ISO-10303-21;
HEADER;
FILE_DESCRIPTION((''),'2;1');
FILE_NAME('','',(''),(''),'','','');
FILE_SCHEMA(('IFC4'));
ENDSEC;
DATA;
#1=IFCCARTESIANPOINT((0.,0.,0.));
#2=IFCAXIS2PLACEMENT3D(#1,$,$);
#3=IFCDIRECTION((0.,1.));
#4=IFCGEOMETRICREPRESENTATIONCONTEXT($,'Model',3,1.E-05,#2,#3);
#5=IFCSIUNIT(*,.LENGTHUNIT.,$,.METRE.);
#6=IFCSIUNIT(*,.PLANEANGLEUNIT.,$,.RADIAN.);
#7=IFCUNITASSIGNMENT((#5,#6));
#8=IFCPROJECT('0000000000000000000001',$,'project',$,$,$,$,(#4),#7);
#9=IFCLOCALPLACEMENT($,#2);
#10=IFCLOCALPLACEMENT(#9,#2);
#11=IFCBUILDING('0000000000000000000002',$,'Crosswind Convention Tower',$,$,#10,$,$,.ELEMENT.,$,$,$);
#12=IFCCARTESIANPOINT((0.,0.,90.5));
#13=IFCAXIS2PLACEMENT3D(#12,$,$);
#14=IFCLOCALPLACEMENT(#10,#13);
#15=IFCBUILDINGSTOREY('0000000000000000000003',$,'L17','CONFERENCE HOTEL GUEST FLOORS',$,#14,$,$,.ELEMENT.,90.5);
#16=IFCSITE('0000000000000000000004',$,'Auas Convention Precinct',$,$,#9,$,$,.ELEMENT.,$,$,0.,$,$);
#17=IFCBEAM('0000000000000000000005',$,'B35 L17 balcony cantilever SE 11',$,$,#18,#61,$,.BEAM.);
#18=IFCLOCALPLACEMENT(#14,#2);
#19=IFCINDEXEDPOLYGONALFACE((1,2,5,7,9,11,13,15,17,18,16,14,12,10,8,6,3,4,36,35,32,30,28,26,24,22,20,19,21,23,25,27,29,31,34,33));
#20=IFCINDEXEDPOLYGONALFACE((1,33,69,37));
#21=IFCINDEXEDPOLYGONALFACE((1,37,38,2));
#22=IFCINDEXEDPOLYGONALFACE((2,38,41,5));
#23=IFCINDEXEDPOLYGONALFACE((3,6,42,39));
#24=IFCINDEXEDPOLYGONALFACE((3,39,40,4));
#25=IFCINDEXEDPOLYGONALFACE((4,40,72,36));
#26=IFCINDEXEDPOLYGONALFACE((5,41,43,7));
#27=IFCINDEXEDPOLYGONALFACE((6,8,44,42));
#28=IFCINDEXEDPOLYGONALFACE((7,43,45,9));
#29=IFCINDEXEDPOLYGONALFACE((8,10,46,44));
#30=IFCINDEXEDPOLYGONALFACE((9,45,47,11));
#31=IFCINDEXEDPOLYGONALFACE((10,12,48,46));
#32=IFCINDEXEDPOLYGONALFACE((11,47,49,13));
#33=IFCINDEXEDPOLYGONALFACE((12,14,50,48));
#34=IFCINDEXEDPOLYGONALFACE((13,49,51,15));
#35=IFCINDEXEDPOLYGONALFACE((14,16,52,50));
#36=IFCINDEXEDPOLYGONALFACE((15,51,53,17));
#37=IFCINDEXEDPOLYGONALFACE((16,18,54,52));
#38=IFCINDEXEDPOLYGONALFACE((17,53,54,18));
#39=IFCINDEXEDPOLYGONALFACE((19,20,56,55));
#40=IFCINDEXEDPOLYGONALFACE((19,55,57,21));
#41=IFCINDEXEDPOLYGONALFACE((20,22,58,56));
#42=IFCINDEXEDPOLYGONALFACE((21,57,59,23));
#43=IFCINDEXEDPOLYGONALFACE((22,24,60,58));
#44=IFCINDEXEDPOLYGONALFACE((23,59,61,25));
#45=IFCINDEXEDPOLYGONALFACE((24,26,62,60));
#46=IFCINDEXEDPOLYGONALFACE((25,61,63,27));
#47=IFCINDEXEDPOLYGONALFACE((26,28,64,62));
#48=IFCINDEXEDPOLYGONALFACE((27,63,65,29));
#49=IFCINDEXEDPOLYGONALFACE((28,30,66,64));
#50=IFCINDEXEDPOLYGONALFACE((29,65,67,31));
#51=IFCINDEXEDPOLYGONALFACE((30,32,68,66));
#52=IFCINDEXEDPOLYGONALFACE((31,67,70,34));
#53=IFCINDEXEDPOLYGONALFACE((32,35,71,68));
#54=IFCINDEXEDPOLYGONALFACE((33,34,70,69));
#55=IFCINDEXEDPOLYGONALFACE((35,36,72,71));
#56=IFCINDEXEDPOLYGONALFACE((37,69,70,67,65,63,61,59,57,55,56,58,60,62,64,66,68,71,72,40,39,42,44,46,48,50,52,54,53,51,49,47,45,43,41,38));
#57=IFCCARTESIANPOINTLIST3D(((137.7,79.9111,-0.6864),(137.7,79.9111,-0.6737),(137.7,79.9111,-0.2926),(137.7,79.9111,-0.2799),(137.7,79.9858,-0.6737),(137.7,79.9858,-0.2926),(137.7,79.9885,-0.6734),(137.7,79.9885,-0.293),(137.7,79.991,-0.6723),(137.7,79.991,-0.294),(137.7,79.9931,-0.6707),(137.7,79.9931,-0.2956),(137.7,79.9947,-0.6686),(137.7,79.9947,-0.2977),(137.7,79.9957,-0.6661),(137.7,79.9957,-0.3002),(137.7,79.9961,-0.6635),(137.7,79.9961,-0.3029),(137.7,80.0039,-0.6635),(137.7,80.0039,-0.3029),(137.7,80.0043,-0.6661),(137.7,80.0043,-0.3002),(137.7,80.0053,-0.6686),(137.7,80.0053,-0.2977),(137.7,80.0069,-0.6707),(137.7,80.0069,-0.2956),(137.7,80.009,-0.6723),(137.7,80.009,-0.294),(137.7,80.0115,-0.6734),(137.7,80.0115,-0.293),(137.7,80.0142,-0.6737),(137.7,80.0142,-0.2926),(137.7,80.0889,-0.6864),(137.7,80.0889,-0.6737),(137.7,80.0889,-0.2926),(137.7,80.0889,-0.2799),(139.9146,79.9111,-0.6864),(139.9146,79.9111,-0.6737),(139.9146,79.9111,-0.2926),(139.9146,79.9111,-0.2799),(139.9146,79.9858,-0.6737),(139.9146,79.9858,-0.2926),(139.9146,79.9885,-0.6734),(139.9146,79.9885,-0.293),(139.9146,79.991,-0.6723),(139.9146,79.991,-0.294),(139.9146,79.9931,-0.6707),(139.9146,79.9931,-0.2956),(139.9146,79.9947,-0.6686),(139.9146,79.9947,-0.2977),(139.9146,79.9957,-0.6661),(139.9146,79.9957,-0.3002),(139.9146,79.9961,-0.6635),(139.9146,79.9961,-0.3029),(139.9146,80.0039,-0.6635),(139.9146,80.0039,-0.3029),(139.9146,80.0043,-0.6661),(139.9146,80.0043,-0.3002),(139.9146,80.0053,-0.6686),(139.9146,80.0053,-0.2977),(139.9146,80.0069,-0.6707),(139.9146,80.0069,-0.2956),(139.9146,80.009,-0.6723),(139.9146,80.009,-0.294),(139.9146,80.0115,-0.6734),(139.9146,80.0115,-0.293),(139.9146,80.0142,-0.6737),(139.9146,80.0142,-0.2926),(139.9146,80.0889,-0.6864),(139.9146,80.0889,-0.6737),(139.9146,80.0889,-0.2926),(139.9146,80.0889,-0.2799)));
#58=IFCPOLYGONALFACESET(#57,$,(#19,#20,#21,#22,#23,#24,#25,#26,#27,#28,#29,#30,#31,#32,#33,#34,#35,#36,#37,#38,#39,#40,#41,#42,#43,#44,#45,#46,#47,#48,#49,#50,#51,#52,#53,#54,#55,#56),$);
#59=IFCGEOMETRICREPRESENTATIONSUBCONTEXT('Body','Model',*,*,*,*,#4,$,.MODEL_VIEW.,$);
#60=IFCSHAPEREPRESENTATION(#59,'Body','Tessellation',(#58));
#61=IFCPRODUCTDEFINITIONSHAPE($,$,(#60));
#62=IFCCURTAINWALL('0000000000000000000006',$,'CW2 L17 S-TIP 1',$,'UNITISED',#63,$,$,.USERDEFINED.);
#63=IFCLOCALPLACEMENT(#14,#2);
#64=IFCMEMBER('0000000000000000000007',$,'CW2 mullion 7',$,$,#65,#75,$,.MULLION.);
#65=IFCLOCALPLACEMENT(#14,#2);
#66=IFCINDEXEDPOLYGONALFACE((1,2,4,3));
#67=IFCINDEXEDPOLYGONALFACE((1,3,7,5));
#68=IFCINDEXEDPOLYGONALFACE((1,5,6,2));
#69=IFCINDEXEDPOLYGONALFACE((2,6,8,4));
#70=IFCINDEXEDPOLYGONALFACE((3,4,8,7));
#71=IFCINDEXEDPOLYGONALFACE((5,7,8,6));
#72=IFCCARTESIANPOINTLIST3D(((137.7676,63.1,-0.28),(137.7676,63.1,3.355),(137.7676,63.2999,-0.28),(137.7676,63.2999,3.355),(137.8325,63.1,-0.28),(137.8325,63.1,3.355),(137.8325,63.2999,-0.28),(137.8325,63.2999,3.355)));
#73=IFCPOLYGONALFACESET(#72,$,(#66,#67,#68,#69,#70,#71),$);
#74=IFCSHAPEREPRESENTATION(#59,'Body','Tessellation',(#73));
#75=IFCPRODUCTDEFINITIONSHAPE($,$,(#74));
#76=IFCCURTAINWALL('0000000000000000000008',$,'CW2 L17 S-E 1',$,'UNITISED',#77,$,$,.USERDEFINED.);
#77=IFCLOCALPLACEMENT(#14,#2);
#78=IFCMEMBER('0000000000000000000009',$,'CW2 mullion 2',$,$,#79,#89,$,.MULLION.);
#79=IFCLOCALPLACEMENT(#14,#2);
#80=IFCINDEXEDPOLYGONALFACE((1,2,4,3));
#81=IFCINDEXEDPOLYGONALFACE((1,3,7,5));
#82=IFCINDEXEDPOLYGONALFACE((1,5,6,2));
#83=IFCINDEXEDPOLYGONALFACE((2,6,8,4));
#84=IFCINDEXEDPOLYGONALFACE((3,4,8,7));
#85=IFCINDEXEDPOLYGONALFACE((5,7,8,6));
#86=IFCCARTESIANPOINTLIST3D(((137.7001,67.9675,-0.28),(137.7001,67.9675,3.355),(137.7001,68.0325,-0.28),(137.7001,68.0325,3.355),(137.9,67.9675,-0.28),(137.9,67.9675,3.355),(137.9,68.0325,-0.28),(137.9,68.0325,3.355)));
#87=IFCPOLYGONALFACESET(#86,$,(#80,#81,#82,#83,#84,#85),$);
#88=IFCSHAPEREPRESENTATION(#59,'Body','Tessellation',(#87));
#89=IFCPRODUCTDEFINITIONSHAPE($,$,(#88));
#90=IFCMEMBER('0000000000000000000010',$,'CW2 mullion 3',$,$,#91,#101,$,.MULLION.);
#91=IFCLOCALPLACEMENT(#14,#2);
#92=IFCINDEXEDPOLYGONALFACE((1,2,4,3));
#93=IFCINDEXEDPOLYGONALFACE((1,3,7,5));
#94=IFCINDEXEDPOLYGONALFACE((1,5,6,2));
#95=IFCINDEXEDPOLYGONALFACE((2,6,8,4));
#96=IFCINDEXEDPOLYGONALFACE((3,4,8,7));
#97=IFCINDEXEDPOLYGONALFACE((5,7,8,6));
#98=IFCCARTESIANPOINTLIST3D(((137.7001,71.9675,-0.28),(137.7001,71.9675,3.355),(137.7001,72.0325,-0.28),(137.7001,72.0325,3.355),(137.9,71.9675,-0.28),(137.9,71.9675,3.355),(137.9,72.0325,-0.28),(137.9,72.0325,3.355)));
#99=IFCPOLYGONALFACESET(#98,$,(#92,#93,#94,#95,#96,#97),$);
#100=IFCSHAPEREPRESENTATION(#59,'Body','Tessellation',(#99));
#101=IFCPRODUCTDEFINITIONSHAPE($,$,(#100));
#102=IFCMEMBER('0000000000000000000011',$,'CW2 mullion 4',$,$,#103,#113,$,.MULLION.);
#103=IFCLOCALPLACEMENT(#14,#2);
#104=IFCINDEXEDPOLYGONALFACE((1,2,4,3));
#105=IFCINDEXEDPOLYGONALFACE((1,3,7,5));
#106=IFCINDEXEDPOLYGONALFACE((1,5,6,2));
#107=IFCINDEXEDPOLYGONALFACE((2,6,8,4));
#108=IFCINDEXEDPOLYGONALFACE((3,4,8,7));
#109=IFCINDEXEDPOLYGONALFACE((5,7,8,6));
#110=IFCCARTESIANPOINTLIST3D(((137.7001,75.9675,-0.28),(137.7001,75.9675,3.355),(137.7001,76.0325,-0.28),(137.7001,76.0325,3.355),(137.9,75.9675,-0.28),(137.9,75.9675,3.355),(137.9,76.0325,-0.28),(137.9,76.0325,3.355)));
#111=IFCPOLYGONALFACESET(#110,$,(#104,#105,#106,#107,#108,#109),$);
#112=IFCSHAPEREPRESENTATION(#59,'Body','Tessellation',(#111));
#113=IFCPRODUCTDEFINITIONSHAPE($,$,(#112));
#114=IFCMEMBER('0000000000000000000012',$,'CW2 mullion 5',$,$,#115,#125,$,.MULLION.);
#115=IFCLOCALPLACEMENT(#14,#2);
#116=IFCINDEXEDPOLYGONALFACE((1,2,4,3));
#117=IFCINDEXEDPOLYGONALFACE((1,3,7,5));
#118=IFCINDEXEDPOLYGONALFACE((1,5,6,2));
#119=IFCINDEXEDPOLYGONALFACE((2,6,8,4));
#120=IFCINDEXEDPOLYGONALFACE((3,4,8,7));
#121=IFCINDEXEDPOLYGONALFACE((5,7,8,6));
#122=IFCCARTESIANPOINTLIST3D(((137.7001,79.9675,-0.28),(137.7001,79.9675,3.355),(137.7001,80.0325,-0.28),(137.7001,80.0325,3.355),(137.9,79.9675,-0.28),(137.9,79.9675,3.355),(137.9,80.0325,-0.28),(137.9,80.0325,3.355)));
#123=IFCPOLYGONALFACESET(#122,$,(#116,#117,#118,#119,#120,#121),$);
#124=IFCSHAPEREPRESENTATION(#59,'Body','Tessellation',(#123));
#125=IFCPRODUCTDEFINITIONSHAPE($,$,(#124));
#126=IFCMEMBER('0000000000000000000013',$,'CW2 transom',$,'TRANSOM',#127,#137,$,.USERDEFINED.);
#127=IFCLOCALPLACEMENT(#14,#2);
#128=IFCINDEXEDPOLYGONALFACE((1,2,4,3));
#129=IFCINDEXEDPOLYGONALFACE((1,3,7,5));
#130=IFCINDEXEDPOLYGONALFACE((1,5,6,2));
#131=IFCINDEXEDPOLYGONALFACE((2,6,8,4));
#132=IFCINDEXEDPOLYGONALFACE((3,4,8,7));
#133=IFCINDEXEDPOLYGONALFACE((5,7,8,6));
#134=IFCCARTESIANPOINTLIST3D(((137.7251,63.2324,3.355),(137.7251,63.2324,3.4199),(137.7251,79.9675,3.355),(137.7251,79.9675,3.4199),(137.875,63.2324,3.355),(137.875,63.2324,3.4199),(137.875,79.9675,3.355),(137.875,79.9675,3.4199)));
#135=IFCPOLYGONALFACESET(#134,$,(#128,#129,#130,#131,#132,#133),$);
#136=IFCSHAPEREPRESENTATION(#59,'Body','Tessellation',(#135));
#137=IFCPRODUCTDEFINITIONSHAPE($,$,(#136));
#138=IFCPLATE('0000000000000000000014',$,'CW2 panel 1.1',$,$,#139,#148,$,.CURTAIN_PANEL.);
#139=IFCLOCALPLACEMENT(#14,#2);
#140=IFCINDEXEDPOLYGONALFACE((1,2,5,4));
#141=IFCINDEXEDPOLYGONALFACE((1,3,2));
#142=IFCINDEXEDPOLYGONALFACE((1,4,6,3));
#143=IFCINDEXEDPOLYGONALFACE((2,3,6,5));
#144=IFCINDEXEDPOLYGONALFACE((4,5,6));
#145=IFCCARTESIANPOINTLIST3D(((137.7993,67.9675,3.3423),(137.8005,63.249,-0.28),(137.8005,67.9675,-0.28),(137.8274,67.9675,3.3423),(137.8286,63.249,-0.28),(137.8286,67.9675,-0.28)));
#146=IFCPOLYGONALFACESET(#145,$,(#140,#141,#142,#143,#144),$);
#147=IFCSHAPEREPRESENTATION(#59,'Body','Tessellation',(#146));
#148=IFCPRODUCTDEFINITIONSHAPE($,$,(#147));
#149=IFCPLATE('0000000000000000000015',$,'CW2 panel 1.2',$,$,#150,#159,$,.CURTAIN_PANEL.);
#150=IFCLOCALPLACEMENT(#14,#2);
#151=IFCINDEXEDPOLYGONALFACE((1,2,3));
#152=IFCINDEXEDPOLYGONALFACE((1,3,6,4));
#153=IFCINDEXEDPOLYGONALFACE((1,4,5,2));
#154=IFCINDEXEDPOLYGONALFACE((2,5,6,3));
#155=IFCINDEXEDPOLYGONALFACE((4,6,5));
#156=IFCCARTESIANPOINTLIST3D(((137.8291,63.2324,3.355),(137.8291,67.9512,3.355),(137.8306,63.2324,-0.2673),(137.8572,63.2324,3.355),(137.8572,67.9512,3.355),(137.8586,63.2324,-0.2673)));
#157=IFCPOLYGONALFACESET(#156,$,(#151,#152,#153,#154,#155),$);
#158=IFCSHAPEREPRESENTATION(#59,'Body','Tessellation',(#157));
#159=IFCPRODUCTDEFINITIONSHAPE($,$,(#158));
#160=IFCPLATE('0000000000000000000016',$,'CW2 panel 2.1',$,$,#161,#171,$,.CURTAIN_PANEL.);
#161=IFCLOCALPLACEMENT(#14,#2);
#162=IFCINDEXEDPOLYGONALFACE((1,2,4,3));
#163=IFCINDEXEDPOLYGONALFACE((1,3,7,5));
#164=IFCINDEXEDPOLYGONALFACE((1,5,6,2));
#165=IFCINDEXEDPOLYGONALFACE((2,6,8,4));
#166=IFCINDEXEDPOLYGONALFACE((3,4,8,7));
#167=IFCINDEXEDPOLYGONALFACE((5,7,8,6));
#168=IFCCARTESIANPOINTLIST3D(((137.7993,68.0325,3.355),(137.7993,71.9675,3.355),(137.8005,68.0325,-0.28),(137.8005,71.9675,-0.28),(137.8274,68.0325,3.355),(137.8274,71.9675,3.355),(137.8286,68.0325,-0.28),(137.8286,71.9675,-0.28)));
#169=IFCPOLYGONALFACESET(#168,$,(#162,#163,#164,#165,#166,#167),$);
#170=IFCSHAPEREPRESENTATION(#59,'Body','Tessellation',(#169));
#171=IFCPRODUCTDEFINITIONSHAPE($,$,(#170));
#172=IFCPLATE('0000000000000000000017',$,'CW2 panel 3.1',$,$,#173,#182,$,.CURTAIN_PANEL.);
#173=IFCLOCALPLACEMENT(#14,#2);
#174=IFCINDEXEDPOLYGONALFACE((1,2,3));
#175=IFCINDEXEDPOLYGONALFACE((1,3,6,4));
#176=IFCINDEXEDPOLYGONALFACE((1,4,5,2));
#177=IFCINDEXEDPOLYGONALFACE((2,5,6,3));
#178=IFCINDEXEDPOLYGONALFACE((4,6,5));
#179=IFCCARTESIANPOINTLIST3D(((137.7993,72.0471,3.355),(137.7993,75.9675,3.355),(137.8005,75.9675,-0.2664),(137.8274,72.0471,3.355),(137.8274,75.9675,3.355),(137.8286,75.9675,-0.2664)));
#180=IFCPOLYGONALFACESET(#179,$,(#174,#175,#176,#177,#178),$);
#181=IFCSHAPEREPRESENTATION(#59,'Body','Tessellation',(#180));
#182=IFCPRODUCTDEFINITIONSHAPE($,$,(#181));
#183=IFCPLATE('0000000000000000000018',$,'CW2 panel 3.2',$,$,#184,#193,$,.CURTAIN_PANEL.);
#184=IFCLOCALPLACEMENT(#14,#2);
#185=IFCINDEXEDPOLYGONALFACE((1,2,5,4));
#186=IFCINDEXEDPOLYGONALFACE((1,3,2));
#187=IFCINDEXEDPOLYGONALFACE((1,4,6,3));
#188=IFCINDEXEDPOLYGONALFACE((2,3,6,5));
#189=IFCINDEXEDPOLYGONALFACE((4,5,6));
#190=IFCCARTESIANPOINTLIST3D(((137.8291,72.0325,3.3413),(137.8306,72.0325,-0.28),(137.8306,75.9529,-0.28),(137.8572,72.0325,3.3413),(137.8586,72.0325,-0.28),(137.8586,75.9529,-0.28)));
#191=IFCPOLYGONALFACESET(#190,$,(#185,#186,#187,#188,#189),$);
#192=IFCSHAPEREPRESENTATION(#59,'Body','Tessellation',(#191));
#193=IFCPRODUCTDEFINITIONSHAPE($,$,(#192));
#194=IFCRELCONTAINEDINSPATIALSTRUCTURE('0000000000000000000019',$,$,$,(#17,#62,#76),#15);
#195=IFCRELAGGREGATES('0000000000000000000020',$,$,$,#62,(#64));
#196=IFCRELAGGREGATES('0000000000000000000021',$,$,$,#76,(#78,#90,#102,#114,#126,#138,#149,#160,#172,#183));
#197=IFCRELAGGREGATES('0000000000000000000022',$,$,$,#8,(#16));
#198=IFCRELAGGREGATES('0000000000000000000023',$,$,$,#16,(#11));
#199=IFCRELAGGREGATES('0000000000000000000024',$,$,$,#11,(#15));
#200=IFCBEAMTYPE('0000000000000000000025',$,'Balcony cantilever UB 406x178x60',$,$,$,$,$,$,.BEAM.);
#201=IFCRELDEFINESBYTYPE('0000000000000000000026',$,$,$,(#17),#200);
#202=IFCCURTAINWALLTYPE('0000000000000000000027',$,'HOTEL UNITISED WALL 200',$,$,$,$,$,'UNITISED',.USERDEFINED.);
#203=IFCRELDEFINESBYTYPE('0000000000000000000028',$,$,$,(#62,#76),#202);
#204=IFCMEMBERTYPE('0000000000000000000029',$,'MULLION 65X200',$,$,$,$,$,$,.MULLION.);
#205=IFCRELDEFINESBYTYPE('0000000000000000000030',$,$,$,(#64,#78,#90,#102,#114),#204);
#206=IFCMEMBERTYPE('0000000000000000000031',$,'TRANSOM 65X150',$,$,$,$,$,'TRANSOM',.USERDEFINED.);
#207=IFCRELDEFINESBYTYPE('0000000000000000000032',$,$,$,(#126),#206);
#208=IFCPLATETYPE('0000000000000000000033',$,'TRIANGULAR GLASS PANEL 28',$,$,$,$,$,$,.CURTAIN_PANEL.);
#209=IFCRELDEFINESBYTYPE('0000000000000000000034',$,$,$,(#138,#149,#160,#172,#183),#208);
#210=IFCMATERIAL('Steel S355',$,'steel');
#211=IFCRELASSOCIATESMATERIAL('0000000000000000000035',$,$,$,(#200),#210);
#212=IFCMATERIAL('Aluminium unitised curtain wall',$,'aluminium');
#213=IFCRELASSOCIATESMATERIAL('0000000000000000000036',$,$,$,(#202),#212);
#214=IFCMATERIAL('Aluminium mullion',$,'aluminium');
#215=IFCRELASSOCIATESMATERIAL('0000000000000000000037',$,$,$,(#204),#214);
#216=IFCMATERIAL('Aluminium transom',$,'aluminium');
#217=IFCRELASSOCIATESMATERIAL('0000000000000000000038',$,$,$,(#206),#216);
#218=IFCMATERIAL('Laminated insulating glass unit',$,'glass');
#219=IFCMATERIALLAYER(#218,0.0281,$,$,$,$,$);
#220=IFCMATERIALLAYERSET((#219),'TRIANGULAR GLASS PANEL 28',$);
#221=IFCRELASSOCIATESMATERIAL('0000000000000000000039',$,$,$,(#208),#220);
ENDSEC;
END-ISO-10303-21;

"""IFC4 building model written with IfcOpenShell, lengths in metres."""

from ifc_helpers import new_model, si_unit, direction, frame, origin, origin_2d, place, context, subcontext, project, spatial, polyline, rectangle, i_section, outline, extrude, material, layer, layer_set, material_profile, profile_set, type_object, element, aggregate, save


model = new_model("IFC4")

# Units and contexts
model_context = context("Model", 3, precision=1e-05, world=origin(), true_north=direction((0.0, 1.0)))
body_context = subcontext(model_context, "Body", "Model", "MODEL_VIEW")
ifc_project = project(units=[si_unit("LENGTHUNIT", "METRE"), si_unit("PLANEANGLEUNIT", "RADIAN")], contexts=[model_context])

# Site, building, storey
site_placement = place(None, origin())
site = spatial("IfcSite", under=ifc_project, at=site_placement, Name="Auas Convention Precinct", CompositionType="ELEMENT", RefElevation=0.0)
building_placement = place(site_placement, origin())
building = spatial("IfcBuilding", under=site, at=building_placement, Name="Crosswind Convention Tower", CompositionType="ELEMENT")
storey_placement = place(building_placement, frame((0.0, 0.0, 90.5)))
storey = spatial("IfcBuildingStorey", under=building, at=storey_placement, Name="L17", Description="CONFERENCE HOTEL GUEST FLOORS", CompositionType="ELEMENT", Elevation=90.5)

# Beam
ifc_material_1 = material(Name="Steel S355", Category="steel")
ifc_material_profile_1 = material_profile(ifc_material_1, i_section(OverallWidth=0.1777, OverallDepth=0.4065, WebThickness=0.0078, FlangeThickness=0.0127, FilletRadius=0.0103, at=origin_2d()), Name="UB 406x178x60")
ifc_profile_set_1 = profile_set([ifc_material_profile_1], Name="Steel S355")
beam_type = type_object("IfcBeamType", Name="Balcony cantilever UB 406x178x60", PredefinedType="BEAM", material=ifc_profile_set_1)
beam_placement = place(storey_placement, frame((137.7, 80.0, -0.4832), z_axis=(1.0, 0.0, 0.0), x_axis=(0.0, 1.0, 0.0)))
element("IfcBeam", 1, at=beam_placement, inside=storey, type_object=beam_type, Name="B35 L17 balcony cantilever SE 11", PredefinedType="BEAM", context=body_context, shape_type="SweptSolid", body=[
    extrude(i_section(OverallWidth=0.1777, OverallDepth=0.4065, WebThickness=0.0078, FlangeThickness=0.0127, FilletRadius=0.0103, at=origin_2d()), origin(), (0.0, 0.0, 1.0), 2.2146),
])

# Curtain wall, member
ifc_material_2 = material(Name="Aluminium unitised curtain wall", Category="aluminium")
curtain_wall_type = type_object("IfcCurtainWallType", Name="HOTEL UNITISED WALL 200", ElementType="UNITISED", PredefinedType="USERDEFINED", material=ifc_material_2)
curtain_wall_1_placement = place(storey_placement, origin())
curtain_wall_1 = element("IfcCurtainWall", 2, at=curtain_wall_1_placement, inside=storey, type_object=curtain_wall_type, Name="CW2 L17 S-TIP 1", ObjectType="UNITISED", PredefinedType="USERDEFINED")
ifc_material_3 = material(Name="Aluminium mullion", Category="aluminium")
ifc_material_profile_2 = material_profile(ifc_material_3, rectangle(XDim=0.2, YDim=0.0649, at=origin_2d()), Name="AL 200X65")
ifc_profile_set_2 = profile_set([ifc_material_profile_2], Name="Aluminium mullion")
member_type_1 = type_object("IfcMemberType", Name="MULLION 65X200", PredefinedType="MULLION", material=ifc_profile_set_2)
member_1_placement = place(storey_placement, frame((137.8, 63.2, -0.28), z_axis=(0.0, 0.0, 1.0), x_axis=(0.0, -1.0, 0.0)))
member_1 = element("IfcMember", 3, at=member_1_placement, type_object=member_type_1, Name="CW2 mullion 7", PredefinedType="MULLION", context=body_context, shape_type="SweptSolid", body=[
    extrude(rectangle(XDim=0.2, YDim=0.0649, at=origin_2d()), origin(), (0.0, 0.0, 1.0), 3.635),
])
aggregate(curtain_wall_1, [member_1])

# Curtain wall, members, plates
curtain_wall_2_placement = place(storey_placement, origin())
curtain_wall_2 = element("IfcCurtainWall", 4, at=curtain_wall_2_placement, inside=storey, type_object=curtain_wall_type, Name="CW2 L17 S-E 1", ObjectType="UNITISED", PredefinedType="USERDEFINED")
member_2_placement = place(storey_placement, frame((137.8, 68.0, -0.28), z_axis=(0.0, 0.0, 1.0), x_axis=(1.0, 0.0, 0.0)))
member_2 = element("IfcMember", 5, at=member_2_placement, type_object=member_type_1, Name="CW2 mullion 2", PredefinedType="MULLION", context=body_context, shape_type="SweptSolid", body=[
    extrude(rectangle(XDim=0.2, YDim=0.0649, at=origin_2d()), origin(), (0.0, 0.0, 1.0), 3.635),
])
member_3_placement = place(storey_placement, frame((137.8, 72.0, -0.28), z_axis=(0.0, 0.0, 1.0), x_axis=(1.0, 0.0, 0.0)))
member_3 = element("IfcMember", 6, at=member_3_placement, type_object=member_type_1, Name="CW2 mullion 3", PredefinedType="MULLION", context=body_context, shape_type="SweptSolid", body=[
    extrude(rectangle(XDim=0.2, YDim=0.0649, at=origin_2d()), origin(), (0.0, 0.0, 1.0), 3.635),
])
member_4_placement = place(storey_placement, frame((137.8, 76.0, -0.28), z_axis=(0.0, 0.0, 1.0), x_axis=(1.0, 0.0, 0.0)))
member_4 = element("IfcMember", 7, at=member_4_placement, type_object=member_type_1, Name="CW2 mullion 4", PredefinedType="MULLION", context=body_context, shape_type="SweptSolid", body=[
    extrude(rectangle(XDim=0.2, YDim=0.0649, at=origin_2d()), origin(), (0.0, 0.0, 1.0), 3.635),
])
member_5_placement = place(storey_placement, frame((137.8, 80.0, -0.28), z_axis=(0.0, 0.0, 1.0), x_axis=(1.0, 0.0, 0.0)))
member_5 = element("IfcMember", 8, at=member_5_placement, type_object=member_type_1, Name="CW2 mullion 5", PredefinedType="MULLION", context=body_context, shape_type="SweptSolid", body=[
    extrude(rectangle(XDim=0.2, YDim=0.0649, at=origin_2d()), origin(), (0.0, 0.0, 1.0), 3.635),
])
ifc_material_4 = material(Name="Aluminium transom", Category="aluminium")
ifc_material_profile_3 = material_profile(ifc_material_4, rectangle(XDim=0.1499, YDim=0.0649, at=origin_2d()), Name="AL 150X65")
ifc_profile_set_3 = profile_set([ifc_material_profile_3], Name="Aluminium transom")
member_type_2 = type_object("IfcMemberType", Name="TRANSOM 65X150", ElementType="TRANSOM", PredefinedType="USERDEFINED", material=ifc_profile_set_3)
member_6_placement = place(storey_placement, frame((137.8, 63.2324, 3.3875), z_axis=(0.0, 1.0, 0.0), x_axis=(-1.0, 0.0, 0.0)))
member_6 = element("IfcMember", 9, at=member_6_placement, type_object=member_type_2, Name="CW2 transom", ObjectType="TRANSOM", PredefinedType="USERDEFINED", context=body_context, shape_type="SweptSolid", body=[
    extrude(rectangle(XDim=0.1499, YDim=0.0649, at=origin_2d()), origin(), (0.0, 0.0, 1.0), 16.7351),
])
ifc_material_5 = material(Name="Laminated insulating glass unit", Category="glass")
ifc_layer_1 = layer(ifc_material_5, 0.0281)
ifc_layer_set_1 = layer_set([ifc_layer_1], Name="TRIANGULAR GLASS PANEL 28")
plate_type = type_object("IfcPlateType", Name="TRIANGULAR GLASS PANEL 28", PredefinedType="CURTAIN_PANEL", material=ifc_layer_set_1)
plate_1_placement = place(storey_placement, frame((137.8286, 67.9675, -0.28), z_axis=(1.0, 0.0, 0.000337), x_axis=(-0.000337, 0.0, 1.0)))
plate_1 = element("IfcPlate", 10, at=plate_1_placement, type_object=plate_type, Name="CW2 panel 1.1", PredefinedType="CURTAIN_PANEL", context=body_context, shape_type="SweptSolid", body=[
    extrude(outline(polyline([(0.0, 0.0), (3.6223, 0.0), (0.0, 4.7185), (0.0, 0.0)])), origin(), (0.0, 0.0, -1.0), 0.0281),
])
plate_2_placement = place(storey_placement, frame((137.8572, 63.2324, 3.355), z_axis=(1.0, 0.0, 0.000404), x_axis=(0.000404, 0.0, -1.0)))
plate_2 = element("IfcPlate", 11, at=plate_2_placement, type_object=plate_type, Name="CW2 panel 1.2", PredefinedType="CURTAIN_PANEL", context=body_context, shape_type="SweptSolid", body=[
    extrude(outline(polyline([(0.0, 0.0), (3.6223, 0.0), (0.0, 4.7188), (0.0, 0.0)])), origin(), (0.0, 0.0, -1.0), 0.0281),
])
plate_3_placement = place(storey_placement, frame((137.8286, 68.0325, -0.28), z_axis=(1.0, 0.0, 0.000336), x_axis=(0.0, 1.0, 0.0)))
plate_3 = element("IfcPlate", 12, at=plate_3_placement, type_object=plate_type, Name="CW2 panel 2.1", PredefinedType="CURTAIN_PANEL", context=body_context, shape_type="SweptSolid", body=[
    extrude(outline(polyline([(0.0, 0.0), (3.9351, 0.0), (3.9351, 3.635), (0.0, 3.635), (0.0, 0.0)])), origin(), (0.0, 0.0, -1.0), 0.0281),
])
plate_4_placement = place(storey_placement, frame((137.8274, 75.9675, 3.355), z_axis=(1.0, 0.0, 0.000337), x_axis=(0.0, -1.0, 0.0)))
plate_4 = element("IfcPlate", 13, at=plate_4_placement, type_object=plate_type, Name="CW2 panel 3.1", PredefinedType="CURTAIN_PANEL", context=body_context, shape_type="SweptSolid", body=[
    extrude(outline(polyline([(0.0, 0.0), (3.9204, 0.0), (0.0, 3.6213), (0.0, 0.0)])), origin(), (0.0, 0.0, -1.0), 0.0281),
])
plate_5_placement = place(storey_placement, frame((137.8586, 72.0325, -0.28), z_axis=(1.0, 0.0, 0.000405), x_axis=(0.0, 1.0, 0.0)))
plate_5 = element("IfcPlate", 14, at=plate_5_placement, type_object=plate_type, Name="CW2 panel 3.2", PredefinedType="CURTAIN_PANEL", context=body_context, shape_type="SweptSolid", body=[
    extrude(outline(polyline([(0.0, 0.0), (3.9204, 0.0), (0.0, 3.6213), (0.0, 0.0)])), origin(), (0.0, 0.0, -1.0), 0.0281),
])

aggregate(curtain_wall_2, [member_2, member_3, member_4, member_5, member_6, plate_1, plate_2, plate_3, plate_4, plate_5])

save(model, "model.ifc")
